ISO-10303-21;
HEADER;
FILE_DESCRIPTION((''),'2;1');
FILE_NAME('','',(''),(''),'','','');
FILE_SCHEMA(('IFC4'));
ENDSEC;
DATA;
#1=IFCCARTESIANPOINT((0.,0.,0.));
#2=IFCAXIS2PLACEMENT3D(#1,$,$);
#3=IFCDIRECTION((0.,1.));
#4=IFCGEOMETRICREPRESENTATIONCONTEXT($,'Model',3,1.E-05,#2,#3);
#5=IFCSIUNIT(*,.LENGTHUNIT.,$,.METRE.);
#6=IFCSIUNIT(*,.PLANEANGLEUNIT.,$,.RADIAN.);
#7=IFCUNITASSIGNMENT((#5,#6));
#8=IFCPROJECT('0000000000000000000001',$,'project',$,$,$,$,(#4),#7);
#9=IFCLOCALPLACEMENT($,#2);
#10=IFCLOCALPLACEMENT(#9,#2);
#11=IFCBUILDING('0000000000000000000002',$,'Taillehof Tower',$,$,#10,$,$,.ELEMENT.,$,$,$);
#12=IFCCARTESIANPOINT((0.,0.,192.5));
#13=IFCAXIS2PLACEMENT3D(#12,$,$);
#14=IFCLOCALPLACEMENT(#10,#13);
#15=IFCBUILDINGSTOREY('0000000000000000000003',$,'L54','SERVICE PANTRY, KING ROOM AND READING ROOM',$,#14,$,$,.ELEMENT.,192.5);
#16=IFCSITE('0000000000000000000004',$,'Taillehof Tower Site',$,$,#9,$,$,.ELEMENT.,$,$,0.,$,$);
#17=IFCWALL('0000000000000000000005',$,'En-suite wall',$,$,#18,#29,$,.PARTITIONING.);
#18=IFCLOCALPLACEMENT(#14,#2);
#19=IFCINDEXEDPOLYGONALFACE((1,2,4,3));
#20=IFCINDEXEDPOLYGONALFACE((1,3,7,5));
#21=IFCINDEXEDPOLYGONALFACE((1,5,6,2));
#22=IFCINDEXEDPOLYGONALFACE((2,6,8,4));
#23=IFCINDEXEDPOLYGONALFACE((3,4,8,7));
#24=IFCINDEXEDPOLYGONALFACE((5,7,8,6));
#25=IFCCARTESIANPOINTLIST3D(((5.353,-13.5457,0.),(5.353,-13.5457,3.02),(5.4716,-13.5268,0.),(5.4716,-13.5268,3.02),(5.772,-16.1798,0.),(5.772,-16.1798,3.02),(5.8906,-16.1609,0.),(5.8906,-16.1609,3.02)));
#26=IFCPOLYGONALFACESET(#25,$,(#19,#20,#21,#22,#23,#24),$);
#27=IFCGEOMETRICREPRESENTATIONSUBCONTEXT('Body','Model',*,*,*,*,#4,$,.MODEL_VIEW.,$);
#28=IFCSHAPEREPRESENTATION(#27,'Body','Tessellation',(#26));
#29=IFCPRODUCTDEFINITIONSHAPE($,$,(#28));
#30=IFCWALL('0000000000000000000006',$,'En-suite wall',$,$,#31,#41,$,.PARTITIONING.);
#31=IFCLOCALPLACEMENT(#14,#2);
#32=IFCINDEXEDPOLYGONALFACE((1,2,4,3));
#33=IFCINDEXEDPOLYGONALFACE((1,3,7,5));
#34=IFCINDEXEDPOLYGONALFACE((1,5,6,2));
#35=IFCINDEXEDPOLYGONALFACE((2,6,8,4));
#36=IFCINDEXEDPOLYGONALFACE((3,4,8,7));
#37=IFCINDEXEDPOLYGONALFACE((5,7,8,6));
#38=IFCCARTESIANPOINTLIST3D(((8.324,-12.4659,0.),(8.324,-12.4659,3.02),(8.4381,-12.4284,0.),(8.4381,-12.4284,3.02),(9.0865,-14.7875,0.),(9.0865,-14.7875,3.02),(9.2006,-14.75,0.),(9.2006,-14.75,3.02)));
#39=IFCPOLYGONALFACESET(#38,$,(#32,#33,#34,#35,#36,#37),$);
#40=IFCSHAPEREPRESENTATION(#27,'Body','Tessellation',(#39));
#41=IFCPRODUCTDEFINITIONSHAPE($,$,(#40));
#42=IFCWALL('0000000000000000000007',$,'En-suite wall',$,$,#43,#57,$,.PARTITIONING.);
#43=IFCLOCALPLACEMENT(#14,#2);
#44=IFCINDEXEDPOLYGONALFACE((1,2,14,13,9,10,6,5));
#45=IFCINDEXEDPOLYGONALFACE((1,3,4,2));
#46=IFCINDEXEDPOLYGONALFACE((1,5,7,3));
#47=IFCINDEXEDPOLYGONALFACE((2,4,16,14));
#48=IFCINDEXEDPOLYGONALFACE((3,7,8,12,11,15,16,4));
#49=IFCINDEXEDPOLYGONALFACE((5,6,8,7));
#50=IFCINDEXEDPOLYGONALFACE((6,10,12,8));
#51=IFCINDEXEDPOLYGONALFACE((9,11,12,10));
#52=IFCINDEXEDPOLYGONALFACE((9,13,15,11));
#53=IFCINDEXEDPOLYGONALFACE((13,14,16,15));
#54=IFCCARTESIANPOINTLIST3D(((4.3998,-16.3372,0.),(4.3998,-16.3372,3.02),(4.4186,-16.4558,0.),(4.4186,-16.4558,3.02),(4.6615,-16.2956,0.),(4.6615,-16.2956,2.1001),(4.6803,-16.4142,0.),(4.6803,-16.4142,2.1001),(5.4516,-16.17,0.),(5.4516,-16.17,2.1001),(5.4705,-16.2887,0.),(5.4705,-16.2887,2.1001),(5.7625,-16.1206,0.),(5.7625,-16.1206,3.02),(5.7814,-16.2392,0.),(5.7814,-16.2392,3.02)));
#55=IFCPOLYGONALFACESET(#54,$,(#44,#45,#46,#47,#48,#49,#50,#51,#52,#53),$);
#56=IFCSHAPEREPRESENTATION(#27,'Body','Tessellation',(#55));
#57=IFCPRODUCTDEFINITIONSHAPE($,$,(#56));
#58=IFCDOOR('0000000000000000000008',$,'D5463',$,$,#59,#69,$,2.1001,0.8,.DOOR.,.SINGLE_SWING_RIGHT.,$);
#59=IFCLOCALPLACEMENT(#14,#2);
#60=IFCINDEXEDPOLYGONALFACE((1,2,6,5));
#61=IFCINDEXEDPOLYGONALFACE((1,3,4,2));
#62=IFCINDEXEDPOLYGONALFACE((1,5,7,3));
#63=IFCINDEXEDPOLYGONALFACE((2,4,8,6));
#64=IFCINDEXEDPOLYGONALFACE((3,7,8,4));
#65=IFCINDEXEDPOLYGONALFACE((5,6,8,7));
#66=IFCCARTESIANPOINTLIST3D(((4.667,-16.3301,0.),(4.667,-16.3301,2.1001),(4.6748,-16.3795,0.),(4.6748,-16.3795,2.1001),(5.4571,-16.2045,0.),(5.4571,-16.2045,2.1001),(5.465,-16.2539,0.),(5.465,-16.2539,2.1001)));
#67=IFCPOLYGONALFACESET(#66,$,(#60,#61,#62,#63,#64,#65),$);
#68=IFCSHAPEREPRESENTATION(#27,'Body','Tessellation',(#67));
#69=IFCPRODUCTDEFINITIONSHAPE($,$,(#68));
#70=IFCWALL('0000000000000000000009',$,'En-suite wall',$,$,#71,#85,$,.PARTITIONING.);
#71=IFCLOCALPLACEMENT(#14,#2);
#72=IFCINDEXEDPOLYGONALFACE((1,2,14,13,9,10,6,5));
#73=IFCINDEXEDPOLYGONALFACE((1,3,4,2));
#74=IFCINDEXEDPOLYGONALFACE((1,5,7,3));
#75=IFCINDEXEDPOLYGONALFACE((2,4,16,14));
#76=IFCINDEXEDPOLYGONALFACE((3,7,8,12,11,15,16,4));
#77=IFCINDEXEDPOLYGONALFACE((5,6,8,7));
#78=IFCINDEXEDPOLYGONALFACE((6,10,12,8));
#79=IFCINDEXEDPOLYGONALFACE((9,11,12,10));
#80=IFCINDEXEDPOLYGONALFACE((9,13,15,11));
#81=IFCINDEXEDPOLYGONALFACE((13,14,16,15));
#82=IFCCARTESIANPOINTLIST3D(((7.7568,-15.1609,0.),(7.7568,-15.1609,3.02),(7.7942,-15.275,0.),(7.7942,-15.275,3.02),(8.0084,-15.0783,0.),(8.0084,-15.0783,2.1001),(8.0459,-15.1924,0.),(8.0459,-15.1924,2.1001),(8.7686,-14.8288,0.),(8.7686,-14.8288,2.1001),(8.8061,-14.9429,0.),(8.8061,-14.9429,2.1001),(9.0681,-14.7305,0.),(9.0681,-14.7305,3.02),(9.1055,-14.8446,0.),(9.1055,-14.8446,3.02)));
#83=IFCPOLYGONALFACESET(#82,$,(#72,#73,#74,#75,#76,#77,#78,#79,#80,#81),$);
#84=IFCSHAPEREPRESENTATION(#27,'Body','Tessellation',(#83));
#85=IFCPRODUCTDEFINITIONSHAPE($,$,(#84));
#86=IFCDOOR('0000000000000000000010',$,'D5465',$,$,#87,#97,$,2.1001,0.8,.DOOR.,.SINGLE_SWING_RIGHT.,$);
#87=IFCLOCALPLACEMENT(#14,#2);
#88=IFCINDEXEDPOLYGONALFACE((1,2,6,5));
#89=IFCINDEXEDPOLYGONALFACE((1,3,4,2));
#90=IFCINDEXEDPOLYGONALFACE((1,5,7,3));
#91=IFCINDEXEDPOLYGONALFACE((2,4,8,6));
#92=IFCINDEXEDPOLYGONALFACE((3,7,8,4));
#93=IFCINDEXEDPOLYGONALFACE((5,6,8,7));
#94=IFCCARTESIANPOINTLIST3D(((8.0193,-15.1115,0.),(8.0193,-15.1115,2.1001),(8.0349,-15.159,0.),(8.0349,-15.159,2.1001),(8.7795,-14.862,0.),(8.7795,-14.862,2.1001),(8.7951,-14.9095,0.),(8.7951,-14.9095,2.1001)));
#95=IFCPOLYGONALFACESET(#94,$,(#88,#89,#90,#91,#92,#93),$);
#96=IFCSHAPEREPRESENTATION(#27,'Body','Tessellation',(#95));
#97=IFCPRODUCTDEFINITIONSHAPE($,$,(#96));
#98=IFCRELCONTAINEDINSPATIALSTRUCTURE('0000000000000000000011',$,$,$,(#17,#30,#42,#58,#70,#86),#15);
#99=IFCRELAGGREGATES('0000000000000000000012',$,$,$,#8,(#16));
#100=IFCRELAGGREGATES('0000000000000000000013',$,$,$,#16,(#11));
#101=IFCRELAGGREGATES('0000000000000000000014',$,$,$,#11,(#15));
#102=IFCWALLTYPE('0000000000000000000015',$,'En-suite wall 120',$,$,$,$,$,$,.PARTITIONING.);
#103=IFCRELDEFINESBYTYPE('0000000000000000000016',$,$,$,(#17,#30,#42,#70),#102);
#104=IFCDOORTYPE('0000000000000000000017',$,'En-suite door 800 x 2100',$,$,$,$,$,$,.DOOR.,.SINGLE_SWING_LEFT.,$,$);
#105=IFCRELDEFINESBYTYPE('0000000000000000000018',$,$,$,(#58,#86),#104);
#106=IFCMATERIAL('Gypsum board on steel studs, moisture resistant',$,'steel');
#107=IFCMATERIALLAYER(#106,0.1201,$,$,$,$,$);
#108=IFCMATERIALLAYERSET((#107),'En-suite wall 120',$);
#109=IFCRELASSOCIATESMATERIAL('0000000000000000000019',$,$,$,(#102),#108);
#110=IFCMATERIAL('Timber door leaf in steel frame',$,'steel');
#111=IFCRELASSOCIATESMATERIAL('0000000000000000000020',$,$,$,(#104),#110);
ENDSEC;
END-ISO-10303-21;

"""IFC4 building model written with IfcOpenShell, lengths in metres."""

from ifc_helpers import new_model, si_unit, direction, frame, frame_2d, origin, place, context, subcontext, project, spatial, rectangle, extrude, material, layer, layer_set, type_object, element, fill, save


model = new_model("IFC4")

# Units and contexts
model_context = context("Model", 3, precision=1e-05, world=origin(), true_north=direction((0.0, 1.0)))
body_context = subcontext(model_context, "Body", "Model", "MODEL_VIEW")
ifc_project = project(units=[si_unit("LENGTHUNIT", "METRE"), si_unit("PLANEANGLEUNIT", "RADIAN")], contexts=[model_context])

# Site, building, storey
site_placement = place(None, origin())
site = spatial("IfcSite", under=ifc_project, at=site_placement, Name="Taillehof Tower Site", CompositionType="ELEMENT", RefElevation=0.0)
building_placement = place(site_placement, origin())
building = spatial("IfcBuilding", under=site, at=building_placement, Name="Taillehof Tower", CompositionType="ELEMENT")
storey_placement = place(building_placement, frame((0.0, 0.0, 192.5)))
storey = spatial("IfcBuildingStorey", under=building, at=storey_placement, Name="L54", Description="SERVICE PANTRY, KING ROOM AND READING ROOM", CompositionType="ELEMENT", Elevation=192.5)

# Walls
ifc_material_1 = material(Name="Gypsum board on steel studs, moisture resistant", Category="steel")
ifc_layer_1 = layer(ifc_material_1, 0.1201)
ifc_layer_set_1 = layer_set([ifc_layer_1], Name="En-suite wall 120")
wall_type_1 = type_object("IfcWallType", Name="En-suite wall 120", PredefinedType="PARTITIONING", material=ifc_layer_set_1)
wall_1_placement = place(storey_placement, frame((5.4124, -13.5364, 0.0), z_axis=(0.0, 0.0, 1.0), x_axis=(0.157076, -0.987586, 0.0)))
element("IfcWall", 1, at=wall_1_placement, inside=storey, type_object=wall_type_1, Name="En-suite wall", PredefinedType="PARTITIONING", context=body_context, shape_type="SweptSolid", body=[
    extrude(rectangle(XDim=2.6672, YDim=0.1201, at=frame_2d((1.3335, 0.0))), origin(), (0.0, 0.0, 1.0), 3.02),
])
wall_2_placement = place(storey_placement, frame((8.3811, -12.4473, 0.0), z_axis=(0.0, 0.0, 1.0), x_axis=(0.312028, -0.950073, 0.0)))
element("IfcWall", 2, at=wall_2_placement, inside=storey, type_object=wall_type_1, Name="En-suite wall", PredefinedType="PARTITIONING", context=body_context, shape_type="SweptSolid", body=[
    extrude(rectangle(XDim=2.4436, YDim=0.1201, at=frame_2d((1.2217, 0.0))), origin(), (0.0, 0.0, 1.0), 3.02),
])

# Walls, openings, doors
wall_3_placement = place(storey_placement, frame((5.772, -16.1799, 0.0), z_axis=(0.0, 0.0, 1.0), x_axis=(-0.987609, -0.156935, 0.0)))
wall_3 = element("IfcWall", 3, at=wall_3_placement, inside=storey, type_object=wall_type_1, Name="En-suite wall", PredefinedType="PARTITIONING", context=body_context, shape_type="SweptSolid", body=[
    extrude(rectangle(XDim=1.3799, YDim=0.1201, at=frame_2d((0.6899, 0.0))), origin(), (0.0, 0.0, 1.0), 3.02),
])
opening_1_placement = place(wall_3_placement, frame((0.3149, 0.0, 0.0)))
opening_1 = element("IfcOpeningElement", 4, at=opening_1_placement, cuts=wall_3, PredefinedType="OPENING", context=body_context, shape_type="SweptSolid", body=[
    extrude(rectangle(XDim=0.8, YDim=2.1001, at=frame_2d((0.3999, 1.05))), frame((0.0, 0.0701, 0.0), z_axis=(0.0, -1.0, 0.0), x_axis=(1.0, 0.0, 0.0)), (0.0, 0.0, 1.0), 0.1401),
])
ifc_material_2 = material(Name="Timber door leaf in steel frame", Category="steel")
door_type_1 = type_object("IfcDoorType", Name="En-suite door 800 x 2100", OperationType="SINGLE_SWING_LEFT", PredefinedType="DOOR", material=ifc_material_2)
door_1_placement = place(opening_1_placement, origin())
door_1 = element("IfcDoor", 5, at=door_1_placement, inside=storey, type_object=door_type_1, Name="D5463", OperationType="SINGLE_SWING_RIGHT", OverallHeight=2.1001, OverallWidth=0.8, PredefinedType="DOOR", context=body_context, shape_type="SweptSolid", body=[
    extrude(rectangle(XDim=0.8, YDim=2.1001, at=frame_2d((0.3999, 1.05))), frame((0.0, 0.0249, 0.0), z_axis=(0.0, -1.0, 0.0), x_axis=(1.0, 0.0, 0.0)), (0.0, 0.0, 1.0), 0.05),
])
fill(opening_1, door_1)
wall_4_placement = place(storey_placement, frame((9.0867, -14.7876, 0.0), z_axis=(0.0, 0.0, 1.0), x_axis=(-0.950124, -0.311873, 0.0)))
wall_4 = element("IfcWall", 6, at=wall_4_placement, inside=storey, type_object=wall_type_1, Name="En-suite wall", PredefinedType="PARTITIONING", context=body_context, shape_type="SweptSolid", body=[
    extrude(rectangle(XDim=1.3801, YDim=0.1201, at=frame_2d((0.6899, 0.0))), origin(), (0.0, 0.0, 1.0), 3.02),
])
opening_2_placement = place(wall_4_placement, frame((0.3152, 0.0, 0.0)))
opening_2 = element("IfcOpeningElement", 7, at=opening_2_placement, cuts=wall_4, PredefinedType="OPENING", context=body_context, shape_type="SweptSolid", body=[
    extrude(rectangle(XDim=0.8, YDim=2.1001, at=frame_2d((0.3999, 1.05))), frame((0.0, 0.0701, 0.0), z_axis=(0.0, -1.0, 0.0), x_axis=(1.0, 0.0, 0.0)), (0.0, 0.0, 1.0), 0.1401),
])
door_2_placement = place(opening_2_placement, origin())
door_2 = element("IfcDoor", 8, at=door_2_placement, inside=storey, type_object=door_type_1, Name="D5465", OperationType="SINGLE_SWING_RIGHT", OverallHeight=2.1001, OverallWidth=0.8, PredefinedType="DOOR", context=body_context, shape_type="SweptSolid", body=[
    extrude(rectangle(XDim=0.8, YDim=2.1001, at=frame_2d((0.3999, 1.05))), frame((0.0, 0.0249, 0.0), z_axis=(0.0, -1.0, 0.0), x_axis=(1.0, 0.0, 0.0)), (0.0, 0.0, 1.0), 0.05),
])
fill(opening_2, door_2)

save(model, "model.ifc")
